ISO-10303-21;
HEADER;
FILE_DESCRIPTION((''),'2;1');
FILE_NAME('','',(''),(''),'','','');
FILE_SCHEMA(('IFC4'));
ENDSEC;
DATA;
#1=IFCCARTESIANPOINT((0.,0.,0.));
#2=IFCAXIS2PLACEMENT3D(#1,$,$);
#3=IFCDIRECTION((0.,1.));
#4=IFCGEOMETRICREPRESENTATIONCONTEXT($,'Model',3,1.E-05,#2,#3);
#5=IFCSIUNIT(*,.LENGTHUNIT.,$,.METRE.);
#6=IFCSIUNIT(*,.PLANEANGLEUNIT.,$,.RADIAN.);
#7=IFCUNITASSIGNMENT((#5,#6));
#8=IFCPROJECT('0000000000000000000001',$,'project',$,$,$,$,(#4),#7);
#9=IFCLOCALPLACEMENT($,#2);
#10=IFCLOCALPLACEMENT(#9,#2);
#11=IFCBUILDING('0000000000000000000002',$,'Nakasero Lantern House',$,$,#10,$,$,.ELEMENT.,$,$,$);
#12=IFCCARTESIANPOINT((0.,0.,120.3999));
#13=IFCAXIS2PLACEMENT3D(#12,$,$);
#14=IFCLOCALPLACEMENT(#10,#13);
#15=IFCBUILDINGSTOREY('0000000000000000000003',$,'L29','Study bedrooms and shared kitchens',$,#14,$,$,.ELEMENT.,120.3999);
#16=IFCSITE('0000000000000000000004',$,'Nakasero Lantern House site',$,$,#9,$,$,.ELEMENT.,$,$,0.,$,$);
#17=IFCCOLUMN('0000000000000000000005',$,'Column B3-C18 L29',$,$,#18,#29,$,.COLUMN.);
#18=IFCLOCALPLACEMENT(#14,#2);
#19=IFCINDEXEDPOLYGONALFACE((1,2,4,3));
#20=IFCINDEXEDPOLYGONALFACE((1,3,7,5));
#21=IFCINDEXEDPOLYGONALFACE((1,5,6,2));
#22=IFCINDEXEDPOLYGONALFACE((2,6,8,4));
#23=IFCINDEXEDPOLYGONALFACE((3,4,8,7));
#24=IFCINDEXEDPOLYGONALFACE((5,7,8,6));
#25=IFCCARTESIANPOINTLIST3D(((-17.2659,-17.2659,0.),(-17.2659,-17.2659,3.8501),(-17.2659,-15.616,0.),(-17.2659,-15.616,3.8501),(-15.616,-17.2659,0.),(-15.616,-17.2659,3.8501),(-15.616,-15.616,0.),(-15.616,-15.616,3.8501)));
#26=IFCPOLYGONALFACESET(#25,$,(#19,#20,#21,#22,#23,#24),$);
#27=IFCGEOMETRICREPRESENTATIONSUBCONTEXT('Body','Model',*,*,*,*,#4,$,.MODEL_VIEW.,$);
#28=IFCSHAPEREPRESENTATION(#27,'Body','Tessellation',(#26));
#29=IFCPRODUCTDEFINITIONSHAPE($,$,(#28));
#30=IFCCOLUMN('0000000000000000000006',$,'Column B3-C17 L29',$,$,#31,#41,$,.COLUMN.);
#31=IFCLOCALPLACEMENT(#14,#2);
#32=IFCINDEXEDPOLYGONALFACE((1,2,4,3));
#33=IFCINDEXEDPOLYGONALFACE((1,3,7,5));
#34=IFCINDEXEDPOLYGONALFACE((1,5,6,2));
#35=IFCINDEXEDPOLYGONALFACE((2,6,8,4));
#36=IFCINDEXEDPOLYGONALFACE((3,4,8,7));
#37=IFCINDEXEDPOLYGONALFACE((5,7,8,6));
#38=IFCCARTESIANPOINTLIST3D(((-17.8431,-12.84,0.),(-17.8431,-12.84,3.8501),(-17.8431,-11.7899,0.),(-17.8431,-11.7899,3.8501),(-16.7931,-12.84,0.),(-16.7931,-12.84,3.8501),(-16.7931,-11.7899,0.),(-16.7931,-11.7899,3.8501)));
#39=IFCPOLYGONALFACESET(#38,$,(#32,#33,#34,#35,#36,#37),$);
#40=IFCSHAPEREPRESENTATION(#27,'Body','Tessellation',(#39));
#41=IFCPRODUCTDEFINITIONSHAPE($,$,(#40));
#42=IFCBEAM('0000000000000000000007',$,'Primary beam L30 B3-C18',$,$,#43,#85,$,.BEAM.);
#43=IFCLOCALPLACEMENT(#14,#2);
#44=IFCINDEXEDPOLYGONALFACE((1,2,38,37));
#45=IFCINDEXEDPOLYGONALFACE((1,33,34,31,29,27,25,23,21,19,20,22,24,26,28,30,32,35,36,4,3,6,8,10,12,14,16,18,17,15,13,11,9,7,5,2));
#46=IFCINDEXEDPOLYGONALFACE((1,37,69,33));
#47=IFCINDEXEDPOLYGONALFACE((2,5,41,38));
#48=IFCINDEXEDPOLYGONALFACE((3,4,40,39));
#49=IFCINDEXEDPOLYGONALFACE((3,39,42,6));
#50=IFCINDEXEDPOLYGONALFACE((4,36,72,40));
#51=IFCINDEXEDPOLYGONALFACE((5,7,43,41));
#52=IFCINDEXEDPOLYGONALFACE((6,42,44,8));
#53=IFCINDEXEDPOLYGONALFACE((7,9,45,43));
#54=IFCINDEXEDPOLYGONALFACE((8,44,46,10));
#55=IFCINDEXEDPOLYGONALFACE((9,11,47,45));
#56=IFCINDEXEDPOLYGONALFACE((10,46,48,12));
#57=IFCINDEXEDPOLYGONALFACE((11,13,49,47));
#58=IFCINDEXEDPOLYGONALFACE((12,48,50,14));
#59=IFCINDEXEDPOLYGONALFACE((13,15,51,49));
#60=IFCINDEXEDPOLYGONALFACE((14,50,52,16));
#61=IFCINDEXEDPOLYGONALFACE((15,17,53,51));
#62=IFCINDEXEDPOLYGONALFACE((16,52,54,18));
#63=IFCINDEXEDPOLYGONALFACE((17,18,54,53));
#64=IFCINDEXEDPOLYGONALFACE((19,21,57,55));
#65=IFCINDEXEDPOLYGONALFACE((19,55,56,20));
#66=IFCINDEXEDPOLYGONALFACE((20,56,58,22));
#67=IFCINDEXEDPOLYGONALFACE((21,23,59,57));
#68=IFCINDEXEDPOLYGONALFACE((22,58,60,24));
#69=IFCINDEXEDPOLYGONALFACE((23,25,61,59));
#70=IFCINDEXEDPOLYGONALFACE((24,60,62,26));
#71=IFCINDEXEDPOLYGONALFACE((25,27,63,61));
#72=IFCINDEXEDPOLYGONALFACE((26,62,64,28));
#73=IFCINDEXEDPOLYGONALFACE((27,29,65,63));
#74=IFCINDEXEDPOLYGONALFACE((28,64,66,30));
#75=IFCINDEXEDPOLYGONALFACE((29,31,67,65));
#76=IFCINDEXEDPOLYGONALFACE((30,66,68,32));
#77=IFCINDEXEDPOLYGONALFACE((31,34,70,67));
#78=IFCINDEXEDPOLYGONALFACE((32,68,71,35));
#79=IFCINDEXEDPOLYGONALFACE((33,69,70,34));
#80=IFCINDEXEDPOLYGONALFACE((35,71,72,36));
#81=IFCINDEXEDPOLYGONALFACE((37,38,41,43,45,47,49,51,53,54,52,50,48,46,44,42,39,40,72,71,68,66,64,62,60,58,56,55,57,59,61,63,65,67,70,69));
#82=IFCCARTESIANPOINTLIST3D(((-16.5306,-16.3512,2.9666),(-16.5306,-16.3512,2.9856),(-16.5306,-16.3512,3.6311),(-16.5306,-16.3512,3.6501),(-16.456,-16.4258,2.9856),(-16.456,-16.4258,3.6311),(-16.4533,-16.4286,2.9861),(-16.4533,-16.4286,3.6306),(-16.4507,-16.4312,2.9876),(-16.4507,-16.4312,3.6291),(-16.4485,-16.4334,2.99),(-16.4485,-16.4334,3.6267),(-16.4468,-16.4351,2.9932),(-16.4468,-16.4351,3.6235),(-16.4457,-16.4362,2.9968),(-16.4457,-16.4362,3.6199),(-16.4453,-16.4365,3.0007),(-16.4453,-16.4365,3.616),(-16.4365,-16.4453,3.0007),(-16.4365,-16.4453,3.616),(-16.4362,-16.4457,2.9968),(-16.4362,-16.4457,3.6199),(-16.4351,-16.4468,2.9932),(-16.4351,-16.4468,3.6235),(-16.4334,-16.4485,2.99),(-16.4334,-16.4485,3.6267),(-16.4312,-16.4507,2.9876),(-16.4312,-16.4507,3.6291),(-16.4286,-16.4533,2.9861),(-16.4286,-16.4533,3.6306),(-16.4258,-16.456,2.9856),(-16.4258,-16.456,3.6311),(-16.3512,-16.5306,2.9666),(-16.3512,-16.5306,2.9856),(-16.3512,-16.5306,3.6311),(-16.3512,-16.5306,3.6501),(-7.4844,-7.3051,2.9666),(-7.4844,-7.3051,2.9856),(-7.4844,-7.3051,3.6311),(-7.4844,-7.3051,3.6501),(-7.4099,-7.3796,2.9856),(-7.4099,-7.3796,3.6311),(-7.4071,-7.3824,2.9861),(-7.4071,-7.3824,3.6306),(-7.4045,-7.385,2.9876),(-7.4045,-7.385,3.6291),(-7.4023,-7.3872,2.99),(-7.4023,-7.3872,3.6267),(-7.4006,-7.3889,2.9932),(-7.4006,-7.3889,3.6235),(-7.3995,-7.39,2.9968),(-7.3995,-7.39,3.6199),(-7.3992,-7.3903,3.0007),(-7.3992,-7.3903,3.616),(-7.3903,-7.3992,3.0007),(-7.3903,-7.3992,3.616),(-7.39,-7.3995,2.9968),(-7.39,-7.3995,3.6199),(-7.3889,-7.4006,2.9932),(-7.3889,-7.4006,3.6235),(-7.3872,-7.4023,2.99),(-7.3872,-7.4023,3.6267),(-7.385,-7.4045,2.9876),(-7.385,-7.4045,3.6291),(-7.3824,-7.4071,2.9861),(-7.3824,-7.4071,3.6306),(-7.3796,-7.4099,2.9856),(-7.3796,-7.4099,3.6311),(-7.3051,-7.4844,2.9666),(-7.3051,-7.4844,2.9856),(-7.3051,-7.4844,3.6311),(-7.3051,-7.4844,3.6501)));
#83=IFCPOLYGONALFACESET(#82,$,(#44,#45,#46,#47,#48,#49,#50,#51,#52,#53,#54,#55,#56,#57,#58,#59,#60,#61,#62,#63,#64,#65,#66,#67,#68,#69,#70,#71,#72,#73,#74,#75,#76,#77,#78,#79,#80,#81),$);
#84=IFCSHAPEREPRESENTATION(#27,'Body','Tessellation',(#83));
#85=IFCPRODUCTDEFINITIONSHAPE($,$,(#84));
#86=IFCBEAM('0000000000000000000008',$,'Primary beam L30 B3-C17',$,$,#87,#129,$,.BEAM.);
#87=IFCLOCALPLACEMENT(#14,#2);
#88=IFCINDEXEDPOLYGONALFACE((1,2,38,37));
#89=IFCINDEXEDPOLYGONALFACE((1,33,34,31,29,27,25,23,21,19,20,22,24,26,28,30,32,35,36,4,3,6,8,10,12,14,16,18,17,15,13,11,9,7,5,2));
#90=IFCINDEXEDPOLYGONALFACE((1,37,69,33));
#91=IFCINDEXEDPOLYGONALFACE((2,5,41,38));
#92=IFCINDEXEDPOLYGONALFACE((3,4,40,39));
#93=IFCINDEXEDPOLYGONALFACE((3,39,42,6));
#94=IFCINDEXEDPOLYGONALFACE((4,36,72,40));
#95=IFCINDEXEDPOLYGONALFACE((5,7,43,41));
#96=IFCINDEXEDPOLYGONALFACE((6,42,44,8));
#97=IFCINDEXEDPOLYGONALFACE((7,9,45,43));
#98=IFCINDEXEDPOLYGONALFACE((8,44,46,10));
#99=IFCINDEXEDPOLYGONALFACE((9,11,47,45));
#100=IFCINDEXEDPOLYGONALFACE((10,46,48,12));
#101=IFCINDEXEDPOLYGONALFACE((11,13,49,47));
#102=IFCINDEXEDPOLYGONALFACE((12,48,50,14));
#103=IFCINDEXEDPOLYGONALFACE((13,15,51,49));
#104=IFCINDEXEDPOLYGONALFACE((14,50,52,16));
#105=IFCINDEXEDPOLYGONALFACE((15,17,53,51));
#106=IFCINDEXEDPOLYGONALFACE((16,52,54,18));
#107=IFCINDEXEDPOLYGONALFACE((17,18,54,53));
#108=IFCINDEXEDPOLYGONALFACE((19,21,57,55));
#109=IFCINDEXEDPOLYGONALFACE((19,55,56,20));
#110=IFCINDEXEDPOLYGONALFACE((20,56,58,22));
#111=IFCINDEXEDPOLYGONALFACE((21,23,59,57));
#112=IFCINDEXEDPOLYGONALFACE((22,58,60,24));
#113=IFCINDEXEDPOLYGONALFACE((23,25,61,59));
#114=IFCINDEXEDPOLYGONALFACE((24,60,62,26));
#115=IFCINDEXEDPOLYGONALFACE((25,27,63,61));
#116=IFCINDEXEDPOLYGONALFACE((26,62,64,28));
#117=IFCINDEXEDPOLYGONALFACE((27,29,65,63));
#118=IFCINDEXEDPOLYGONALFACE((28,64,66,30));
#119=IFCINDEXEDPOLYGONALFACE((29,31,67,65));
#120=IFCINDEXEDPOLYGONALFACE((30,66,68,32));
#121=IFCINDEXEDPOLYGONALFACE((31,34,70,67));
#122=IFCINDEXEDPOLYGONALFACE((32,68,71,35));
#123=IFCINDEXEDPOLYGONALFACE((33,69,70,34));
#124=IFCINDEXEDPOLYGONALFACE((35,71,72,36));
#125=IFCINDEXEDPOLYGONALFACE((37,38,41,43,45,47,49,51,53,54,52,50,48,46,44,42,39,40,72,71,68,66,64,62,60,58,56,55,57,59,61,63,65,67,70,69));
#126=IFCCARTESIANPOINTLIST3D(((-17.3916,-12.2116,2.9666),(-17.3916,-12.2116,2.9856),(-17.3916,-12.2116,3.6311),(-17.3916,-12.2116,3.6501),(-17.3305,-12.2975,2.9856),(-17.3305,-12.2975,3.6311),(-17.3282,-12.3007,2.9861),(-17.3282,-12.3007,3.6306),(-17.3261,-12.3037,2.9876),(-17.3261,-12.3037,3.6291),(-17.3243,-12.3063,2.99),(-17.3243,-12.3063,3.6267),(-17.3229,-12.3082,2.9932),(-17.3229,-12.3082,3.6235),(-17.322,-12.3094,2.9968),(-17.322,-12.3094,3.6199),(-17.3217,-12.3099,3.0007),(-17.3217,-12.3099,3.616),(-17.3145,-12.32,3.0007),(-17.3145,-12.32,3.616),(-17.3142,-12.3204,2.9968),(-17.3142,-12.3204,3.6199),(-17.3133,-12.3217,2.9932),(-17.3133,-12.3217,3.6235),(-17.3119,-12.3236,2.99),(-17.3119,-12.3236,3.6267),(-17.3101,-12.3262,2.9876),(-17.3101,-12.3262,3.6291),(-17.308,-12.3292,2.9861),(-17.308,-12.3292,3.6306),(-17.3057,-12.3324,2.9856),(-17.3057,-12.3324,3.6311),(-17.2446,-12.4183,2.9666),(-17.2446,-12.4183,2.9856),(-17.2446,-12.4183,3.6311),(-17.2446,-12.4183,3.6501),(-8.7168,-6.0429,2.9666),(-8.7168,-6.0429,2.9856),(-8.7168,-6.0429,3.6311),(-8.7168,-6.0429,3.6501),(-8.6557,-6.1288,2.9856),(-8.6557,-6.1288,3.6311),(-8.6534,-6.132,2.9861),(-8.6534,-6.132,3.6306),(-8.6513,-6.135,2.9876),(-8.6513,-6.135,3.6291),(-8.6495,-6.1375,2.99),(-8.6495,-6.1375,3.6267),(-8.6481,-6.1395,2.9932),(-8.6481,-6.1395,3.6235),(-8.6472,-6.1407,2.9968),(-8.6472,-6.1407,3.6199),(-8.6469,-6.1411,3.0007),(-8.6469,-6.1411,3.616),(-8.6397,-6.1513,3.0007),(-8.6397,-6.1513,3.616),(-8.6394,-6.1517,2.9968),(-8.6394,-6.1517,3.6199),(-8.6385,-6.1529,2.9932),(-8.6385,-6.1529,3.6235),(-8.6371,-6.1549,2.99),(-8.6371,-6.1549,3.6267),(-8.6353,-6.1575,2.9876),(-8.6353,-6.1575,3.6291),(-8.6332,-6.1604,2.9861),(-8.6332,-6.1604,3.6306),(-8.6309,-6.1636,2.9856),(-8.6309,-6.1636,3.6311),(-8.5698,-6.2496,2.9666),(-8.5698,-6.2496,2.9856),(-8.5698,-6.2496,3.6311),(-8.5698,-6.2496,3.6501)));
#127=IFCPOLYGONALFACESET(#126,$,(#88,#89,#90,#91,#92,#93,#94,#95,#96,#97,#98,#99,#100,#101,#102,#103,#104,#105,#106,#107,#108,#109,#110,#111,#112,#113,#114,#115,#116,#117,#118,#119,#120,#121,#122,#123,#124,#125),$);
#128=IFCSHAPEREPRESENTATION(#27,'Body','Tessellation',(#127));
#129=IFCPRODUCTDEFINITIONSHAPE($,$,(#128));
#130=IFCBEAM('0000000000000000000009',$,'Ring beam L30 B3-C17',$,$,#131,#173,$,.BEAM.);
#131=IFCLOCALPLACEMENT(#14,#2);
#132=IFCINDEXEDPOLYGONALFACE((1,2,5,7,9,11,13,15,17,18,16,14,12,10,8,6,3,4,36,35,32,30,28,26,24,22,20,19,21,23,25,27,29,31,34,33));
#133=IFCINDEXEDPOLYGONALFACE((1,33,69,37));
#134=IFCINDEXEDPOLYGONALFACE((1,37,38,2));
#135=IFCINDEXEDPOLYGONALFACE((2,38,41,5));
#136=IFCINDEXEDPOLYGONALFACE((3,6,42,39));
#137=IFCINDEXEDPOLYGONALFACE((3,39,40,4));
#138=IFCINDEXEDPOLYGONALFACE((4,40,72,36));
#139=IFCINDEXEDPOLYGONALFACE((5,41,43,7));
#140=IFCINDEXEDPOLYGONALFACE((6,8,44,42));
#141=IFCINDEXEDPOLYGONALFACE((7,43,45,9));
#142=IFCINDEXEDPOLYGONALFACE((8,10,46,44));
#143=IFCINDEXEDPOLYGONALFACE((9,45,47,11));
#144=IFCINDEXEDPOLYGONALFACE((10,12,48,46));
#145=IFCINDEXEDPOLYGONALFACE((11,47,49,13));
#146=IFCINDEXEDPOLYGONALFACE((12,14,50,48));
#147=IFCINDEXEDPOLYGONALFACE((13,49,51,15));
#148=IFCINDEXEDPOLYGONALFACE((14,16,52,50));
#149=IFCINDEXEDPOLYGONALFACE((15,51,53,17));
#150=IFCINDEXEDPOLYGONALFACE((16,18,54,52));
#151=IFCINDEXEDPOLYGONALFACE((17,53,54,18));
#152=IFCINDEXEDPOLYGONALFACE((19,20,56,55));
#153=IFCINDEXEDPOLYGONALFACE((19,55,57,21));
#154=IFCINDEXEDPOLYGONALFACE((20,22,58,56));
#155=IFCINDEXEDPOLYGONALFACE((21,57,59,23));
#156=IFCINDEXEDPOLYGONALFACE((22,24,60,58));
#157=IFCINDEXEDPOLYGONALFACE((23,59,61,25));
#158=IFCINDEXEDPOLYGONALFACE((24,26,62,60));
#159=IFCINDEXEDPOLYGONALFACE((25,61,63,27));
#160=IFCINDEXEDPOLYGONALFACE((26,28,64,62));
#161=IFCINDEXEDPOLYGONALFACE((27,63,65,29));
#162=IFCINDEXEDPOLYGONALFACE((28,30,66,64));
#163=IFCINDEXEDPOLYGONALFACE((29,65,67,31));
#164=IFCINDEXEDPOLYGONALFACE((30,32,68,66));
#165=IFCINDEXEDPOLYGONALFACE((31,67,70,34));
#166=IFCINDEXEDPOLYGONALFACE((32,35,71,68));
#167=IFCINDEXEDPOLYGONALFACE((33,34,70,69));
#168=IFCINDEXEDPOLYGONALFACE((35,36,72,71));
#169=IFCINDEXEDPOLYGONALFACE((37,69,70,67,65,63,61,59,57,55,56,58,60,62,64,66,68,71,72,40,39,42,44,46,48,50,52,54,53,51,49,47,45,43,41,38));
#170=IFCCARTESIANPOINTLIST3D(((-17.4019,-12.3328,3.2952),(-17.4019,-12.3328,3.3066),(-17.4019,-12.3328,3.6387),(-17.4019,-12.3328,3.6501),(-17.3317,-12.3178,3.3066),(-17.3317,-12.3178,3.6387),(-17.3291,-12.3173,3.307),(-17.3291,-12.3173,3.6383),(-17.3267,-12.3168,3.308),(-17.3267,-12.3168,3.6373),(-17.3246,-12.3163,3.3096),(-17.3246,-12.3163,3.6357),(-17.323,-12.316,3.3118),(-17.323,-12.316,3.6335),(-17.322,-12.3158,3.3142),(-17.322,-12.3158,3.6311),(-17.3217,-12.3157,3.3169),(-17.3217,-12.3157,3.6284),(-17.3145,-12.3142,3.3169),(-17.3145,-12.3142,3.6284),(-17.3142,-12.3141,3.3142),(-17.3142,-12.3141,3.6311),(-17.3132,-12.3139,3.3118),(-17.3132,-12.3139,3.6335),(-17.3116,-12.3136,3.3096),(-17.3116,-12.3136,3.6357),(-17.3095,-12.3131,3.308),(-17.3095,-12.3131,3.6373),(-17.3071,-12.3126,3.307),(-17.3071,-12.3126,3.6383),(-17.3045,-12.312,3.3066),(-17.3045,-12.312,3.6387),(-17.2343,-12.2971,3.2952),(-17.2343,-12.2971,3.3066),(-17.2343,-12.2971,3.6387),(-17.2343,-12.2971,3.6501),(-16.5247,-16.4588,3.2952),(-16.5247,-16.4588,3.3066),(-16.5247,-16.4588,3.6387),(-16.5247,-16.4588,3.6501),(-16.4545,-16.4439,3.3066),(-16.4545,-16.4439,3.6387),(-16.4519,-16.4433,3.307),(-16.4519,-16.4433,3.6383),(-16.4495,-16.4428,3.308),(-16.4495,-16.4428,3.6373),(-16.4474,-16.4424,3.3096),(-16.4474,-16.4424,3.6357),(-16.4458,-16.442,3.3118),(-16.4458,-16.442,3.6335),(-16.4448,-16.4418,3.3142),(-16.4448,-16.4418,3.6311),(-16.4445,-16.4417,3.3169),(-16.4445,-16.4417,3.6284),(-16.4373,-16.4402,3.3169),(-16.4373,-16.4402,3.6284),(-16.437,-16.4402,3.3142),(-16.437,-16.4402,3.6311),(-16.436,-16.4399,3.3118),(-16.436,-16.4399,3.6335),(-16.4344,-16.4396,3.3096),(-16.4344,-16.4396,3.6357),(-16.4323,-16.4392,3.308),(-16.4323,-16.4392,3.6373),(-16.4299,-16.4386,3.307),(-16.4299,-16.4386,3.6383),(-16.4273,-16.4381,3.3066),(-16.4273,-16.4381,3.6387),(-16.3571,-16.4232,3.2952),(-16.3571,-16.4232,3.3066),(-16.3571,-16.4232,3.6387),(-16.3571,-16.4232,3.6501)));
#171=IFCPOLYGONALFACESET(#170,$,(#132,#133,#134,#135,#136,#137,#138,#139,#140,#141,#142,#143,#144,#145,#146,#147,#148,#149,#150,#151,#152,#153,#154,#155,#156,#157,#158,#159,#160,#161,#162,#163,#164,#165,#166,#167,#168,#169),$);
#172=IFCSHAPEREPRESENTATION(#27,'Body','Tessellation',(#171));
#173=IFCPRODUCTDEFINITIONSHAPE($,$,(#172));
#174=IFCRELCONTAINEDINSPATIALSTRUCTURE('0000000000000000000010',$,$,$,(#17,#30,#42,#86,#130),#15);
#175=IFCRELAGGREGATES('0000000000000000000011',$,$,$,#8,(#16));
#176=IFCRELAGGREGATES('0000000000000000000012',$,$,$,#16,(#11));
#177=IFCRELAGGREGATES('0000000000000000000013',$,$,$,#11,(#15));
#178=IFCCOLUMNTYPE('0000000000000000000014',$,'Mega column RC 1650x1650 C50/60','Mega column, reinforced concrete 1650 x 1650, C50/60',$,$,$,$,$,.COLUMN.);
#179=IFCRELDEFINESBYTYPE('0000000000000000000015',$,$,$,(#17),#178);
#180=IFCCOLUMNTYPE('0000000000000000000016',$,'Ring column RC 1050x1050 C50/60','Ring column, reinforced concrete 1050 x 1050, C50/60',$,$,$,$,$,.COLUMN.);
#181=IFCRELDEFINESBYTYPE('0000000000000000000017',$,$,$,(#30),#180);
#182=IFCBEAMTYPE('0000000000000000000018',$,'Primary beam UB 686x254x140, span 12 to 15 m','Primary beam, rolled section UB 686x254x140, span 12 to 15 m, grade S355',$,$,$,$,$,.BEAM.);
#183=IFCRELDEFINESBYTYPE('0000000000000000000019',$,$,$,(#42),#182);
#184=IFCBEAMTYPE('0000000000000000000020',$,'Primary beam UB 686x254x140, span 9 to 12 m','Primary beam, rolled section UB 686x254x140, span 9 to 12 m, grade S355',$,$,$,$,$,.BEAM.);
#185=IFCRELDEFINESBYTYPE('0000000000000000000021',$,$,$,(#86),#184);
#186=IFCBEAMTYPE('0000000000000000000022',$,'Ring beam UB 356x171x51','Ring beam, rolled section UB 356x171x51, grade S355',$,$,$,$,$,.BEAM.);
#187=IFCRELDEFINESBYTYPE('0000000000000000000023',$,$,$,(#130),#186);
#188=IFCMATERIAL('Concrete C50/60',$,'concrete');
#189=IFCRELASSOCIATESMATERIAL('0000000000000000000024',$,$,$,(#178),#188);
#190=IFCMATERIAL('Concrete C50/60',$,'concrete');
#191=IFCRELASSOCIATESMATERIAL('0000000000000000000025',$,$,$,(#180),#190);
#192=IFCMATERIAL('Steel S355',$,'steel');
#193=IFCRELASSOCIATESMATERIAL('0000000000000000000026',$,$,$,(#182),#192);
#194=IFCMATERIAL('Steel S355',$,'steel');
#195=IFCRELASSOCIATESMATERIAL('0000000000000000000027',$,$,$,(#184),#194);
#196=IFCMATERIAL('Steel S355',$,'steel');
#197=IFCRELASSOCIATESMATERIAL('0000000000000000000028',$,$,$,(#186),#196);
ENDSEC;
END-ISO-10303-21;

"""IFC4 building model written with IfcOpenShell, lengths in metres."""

from ifc_helpers import new_model, si_unit, direction, frame, origin, origin_2d, place, context, subcontext, project, spatial, rectangle, i_section, extrude, material, material_profile, profile_set, type_object, element, save


model = new_model("IFC4")

# Units and contexts
model_context = context("Model", 3, precision=1e-05, world=origin(), true_north=direction((0.0, 1.0)))
body_context = subcontext(model_context, "Body", "Model", "MODEL_VIEW")
ifc_project = project(units=[si_unit("LENGTHUNIT", "METRE"), si_unit("PLANEANGLEUNIT", "RADIAN")], contexts=[model_context])

# Site, building, storey
site_placement = place(None, origin())
site = spatial("IfcSite", under=ifc_project, at=site_placement, Name="Nakasero Lantern House site", CompositionType="ELEMENT", RefElevation=0.0)
building_placement = place(site_placement, origin())
building = spatial("IfcBuilding", under=site, at=building_placement, Name="Nakasero Lantern House", CompositionType="ELEMENT")
storey_placement = place(building_placement, frame((0.0, 0.0, 120.3999)))
storey = spatial("IfcBuildingStorey", under=building, at=storey_placement, Name="L29", Description="Study bedrooms and shared kitchens", CompositionType="ELEMENT", Elevation=120.3999)

# Columns
ifc_material_1 = material(Name="Concrete C50/60", Category="concrete")
ifc_material_profile_1 = material_profile(ifc_material_1, rectangle(XDim=1.6499, YDim=1.6499, at=origin_2d()), Name="RC 1650x1650")
ifc_profile_set_1 = profile_set([ifc_material_profile_1], Name="Concrete C50/60")
column_type_1 = type_object("IfcColumnType", Name="Mega column RC 1650x1650 C50/60", Description="Mega column, reinforced concrete 1650 x 1650, C50/60", PredefinedType="COLUMN", material=ifc_profile_set_1)
column_1_placement = place(storey_placement, frame((-16.4409, -16.4409, 0.0), z_axis=(0.0, 0.0, 1.0), x_axis=(1.0, 0.0, 0.0)))
element("IfcColumn", 1, at=column_1_placement, inside=storey, type_object=column_type_1, Name="Column B3-C18 L29", PredefinedType="COLUMN", context=body_context, shape_type="SweptSolid", body=[
    extrude(rectangle(XDim=1.6499, YDim=1.6499, at=origin_2d()), origin(), (0.0, 0.0, 1.0), 3.8501),
])
ifc_material_2 = material(Name="Concrete C50/60", Category="concrete")
ifc_material_profile_2 = material_profile(ifc_material_2, rectangle(XDim=1.05, YDim=1.05, at=origin_2d()), Name="RC 1050x1050")
ifc_profile_set_2 = profile_set([ifc_material_profile_2], Name="Concrete C50/60")
column_type_2 = type_object("IfcColumnType", Name="Ring column RC 1050x1050 C50/60", Description="Ring column, reinforced concrete 1050 x 1050, C50/60", PredefinedType="COLUMN", material=ifc_profile_set_2)
column_2_placement = place(storey_placement, frame((-17.3181, -12.3149, 0.0), z_axis=(0.0, 0.0, 1.0), x_axis=(1.0, 0.0, 0.0)))
element("IfcColumn", 2, at=column_2_placement, inside=storey, type_object=column_type_2, Name="Column B3-C17 L29", PredefinedType="COLUMN", context=body_context, shape_type="SweptSolid", body=[
    extrude(rectangle(XDim=1.05, YDim=1.05, at=origin_2d()), origin(), (0.0, 0.0, 1.0), 3.8501),
])

# Beams
ifc_material_3 = material(Name="Steel S355", Category="steel")
ifc_material_profile_3 = material_profile(ifc_material_3, i_section(OverallWidth=0.2537, OverallDepth=0.6836, WebThickness=0.0125, FlangeThickness=0.019, FilletRadius=0.0151, at=origin_2d()), Name="UB 686x254x140")
ifc_profile_set_3 = profile_set([ifc_material_profile_3], Name="Steel S355")
beam_type_1 = type_object("IfcBeamType", Name="Primary beam UB 686x254x140, span 12 to 15 m", Description="Primary beam, rolled section UB 686x254x140, span 12 to 15 m, grade S355", PredefinedType="BEAM", material=ifc_profile_set_3)
beam_1_placement = place(storey_placement, frame((-16.4409, -16.4409, 3.3083), z_axis=(0.707107, 0.707107, 0.0), x_axis=(-0.707107, 0.707107, 0.0)))
element("IfcBeam", 3, at=beam_1_placement, inside=storey, type_object=beam_type_1, Name="Primary beam L30 B3-C18", PredefinedType="BEAM", context=body_context, shape_type="SweptSolid", body=[
    extrude(i_section(OverallWidth=0.2537, OverallDepth=0.6836, WebThickness=0.0125, FlangeThickness=0.019, FilletRadius=0.0151, at=origin_2d()), origin(), (0.0, 0.0, 1.0), 12.7932),
])
ifc_material_4 = material(Name="Steel S355", Category="steel")
ifc_material_profile_4 = material_profile(ifc_material_4, i_section(OverallWidth=0.2537, OverallDepth=0.6836, WebThickness=0.0125, FlangeThickness=0.019, FilletRadius=0.0151, at=origin_2d()), Name="UB 686x254x140")
ifc_profile_set_4 = profile_set([ifc_material_profile_4], Name="Steel S355")
beam_type_2 = type_object("IfcBeamType", Name="Primary beam UB 686x254x140, span 9 to 12 m", Description="Primary beam, rolled section UB 686x254x140, span 9 to 12 m, grade S355", PredefinedType="BEAM", material=ifc_profile_set_4)
beam_2_placement = place(storey_placement, frame((-17.3181, -12.3149, 3.3083), z_axis=(0.814957, 0.579521, 0.0), x_axis=(-0.579521, 0.814957, 0.0)))
element("IfcBeam", 4, at=beam_2_placement, inside=storey, type_object=beam_type_2, Name="Primary beam L30 B3-C17", PredefinedType="BEAM", context=body_context, shape_type="SweptSolid", body=[
    extrude(i_section(OverallWidth=0.2537, OverallDepth=0.6836, WebThickness=0.0125, FlangeThickness=0.019, FilletRadius=0.0151, at=origin_2d()), origin(), (0.0, 0.0, 1.0), 10.6445),
])
ifc_material_5 = material(Name="Steel S355", Category="steel")
ifc_material_profile_5 = material_profile(ifc_material_5, i_section(OverallWidth=0.1714, OverallDepth=0.355, WebThickness=0.0073, FlangeThickness=0.0115, FilletRadius=0.0103, at=origin_2d()), Name="UB 356x171x51")
ifc_profile_set_5 = profile_set([ifc_material_profile_5], Name="Steel S355")
beam_type_3 = type_object("IfcBeamType", Name="Ring beam UB 356x171x51", Description="Ring beam, rolled section UB 356x171x51, grade S355", PredefinedType="BEAM", material=ifc_profile_set_5)
beam_3_placement = place(storey_placement, frame((-17.3181, -12.3149, 3.4727), z_axis=(0.207956, -0.978138, 0.0), x_axis=(0.978138, 0.207956, 0.0)))
element("IfcBeam", 5, at=beam_3_placement, inside=storey, type_object=beam_type_3, Name="Ring beam L30 B3-C17", PredefinedType="BEAM", context=body_context, shape_type="SweptSolid", body=[
    extrude(i_section(OverallWidth=0.1714, OverallDepth=0.355, WebThickness=0.0073, FlangeThickness=0.0115, FilletRadius=0.0103, at=origin_2d()), origin(), (0.0, 0.0, 1.0), 4.2183),
])

save(model, "model.ifc")
